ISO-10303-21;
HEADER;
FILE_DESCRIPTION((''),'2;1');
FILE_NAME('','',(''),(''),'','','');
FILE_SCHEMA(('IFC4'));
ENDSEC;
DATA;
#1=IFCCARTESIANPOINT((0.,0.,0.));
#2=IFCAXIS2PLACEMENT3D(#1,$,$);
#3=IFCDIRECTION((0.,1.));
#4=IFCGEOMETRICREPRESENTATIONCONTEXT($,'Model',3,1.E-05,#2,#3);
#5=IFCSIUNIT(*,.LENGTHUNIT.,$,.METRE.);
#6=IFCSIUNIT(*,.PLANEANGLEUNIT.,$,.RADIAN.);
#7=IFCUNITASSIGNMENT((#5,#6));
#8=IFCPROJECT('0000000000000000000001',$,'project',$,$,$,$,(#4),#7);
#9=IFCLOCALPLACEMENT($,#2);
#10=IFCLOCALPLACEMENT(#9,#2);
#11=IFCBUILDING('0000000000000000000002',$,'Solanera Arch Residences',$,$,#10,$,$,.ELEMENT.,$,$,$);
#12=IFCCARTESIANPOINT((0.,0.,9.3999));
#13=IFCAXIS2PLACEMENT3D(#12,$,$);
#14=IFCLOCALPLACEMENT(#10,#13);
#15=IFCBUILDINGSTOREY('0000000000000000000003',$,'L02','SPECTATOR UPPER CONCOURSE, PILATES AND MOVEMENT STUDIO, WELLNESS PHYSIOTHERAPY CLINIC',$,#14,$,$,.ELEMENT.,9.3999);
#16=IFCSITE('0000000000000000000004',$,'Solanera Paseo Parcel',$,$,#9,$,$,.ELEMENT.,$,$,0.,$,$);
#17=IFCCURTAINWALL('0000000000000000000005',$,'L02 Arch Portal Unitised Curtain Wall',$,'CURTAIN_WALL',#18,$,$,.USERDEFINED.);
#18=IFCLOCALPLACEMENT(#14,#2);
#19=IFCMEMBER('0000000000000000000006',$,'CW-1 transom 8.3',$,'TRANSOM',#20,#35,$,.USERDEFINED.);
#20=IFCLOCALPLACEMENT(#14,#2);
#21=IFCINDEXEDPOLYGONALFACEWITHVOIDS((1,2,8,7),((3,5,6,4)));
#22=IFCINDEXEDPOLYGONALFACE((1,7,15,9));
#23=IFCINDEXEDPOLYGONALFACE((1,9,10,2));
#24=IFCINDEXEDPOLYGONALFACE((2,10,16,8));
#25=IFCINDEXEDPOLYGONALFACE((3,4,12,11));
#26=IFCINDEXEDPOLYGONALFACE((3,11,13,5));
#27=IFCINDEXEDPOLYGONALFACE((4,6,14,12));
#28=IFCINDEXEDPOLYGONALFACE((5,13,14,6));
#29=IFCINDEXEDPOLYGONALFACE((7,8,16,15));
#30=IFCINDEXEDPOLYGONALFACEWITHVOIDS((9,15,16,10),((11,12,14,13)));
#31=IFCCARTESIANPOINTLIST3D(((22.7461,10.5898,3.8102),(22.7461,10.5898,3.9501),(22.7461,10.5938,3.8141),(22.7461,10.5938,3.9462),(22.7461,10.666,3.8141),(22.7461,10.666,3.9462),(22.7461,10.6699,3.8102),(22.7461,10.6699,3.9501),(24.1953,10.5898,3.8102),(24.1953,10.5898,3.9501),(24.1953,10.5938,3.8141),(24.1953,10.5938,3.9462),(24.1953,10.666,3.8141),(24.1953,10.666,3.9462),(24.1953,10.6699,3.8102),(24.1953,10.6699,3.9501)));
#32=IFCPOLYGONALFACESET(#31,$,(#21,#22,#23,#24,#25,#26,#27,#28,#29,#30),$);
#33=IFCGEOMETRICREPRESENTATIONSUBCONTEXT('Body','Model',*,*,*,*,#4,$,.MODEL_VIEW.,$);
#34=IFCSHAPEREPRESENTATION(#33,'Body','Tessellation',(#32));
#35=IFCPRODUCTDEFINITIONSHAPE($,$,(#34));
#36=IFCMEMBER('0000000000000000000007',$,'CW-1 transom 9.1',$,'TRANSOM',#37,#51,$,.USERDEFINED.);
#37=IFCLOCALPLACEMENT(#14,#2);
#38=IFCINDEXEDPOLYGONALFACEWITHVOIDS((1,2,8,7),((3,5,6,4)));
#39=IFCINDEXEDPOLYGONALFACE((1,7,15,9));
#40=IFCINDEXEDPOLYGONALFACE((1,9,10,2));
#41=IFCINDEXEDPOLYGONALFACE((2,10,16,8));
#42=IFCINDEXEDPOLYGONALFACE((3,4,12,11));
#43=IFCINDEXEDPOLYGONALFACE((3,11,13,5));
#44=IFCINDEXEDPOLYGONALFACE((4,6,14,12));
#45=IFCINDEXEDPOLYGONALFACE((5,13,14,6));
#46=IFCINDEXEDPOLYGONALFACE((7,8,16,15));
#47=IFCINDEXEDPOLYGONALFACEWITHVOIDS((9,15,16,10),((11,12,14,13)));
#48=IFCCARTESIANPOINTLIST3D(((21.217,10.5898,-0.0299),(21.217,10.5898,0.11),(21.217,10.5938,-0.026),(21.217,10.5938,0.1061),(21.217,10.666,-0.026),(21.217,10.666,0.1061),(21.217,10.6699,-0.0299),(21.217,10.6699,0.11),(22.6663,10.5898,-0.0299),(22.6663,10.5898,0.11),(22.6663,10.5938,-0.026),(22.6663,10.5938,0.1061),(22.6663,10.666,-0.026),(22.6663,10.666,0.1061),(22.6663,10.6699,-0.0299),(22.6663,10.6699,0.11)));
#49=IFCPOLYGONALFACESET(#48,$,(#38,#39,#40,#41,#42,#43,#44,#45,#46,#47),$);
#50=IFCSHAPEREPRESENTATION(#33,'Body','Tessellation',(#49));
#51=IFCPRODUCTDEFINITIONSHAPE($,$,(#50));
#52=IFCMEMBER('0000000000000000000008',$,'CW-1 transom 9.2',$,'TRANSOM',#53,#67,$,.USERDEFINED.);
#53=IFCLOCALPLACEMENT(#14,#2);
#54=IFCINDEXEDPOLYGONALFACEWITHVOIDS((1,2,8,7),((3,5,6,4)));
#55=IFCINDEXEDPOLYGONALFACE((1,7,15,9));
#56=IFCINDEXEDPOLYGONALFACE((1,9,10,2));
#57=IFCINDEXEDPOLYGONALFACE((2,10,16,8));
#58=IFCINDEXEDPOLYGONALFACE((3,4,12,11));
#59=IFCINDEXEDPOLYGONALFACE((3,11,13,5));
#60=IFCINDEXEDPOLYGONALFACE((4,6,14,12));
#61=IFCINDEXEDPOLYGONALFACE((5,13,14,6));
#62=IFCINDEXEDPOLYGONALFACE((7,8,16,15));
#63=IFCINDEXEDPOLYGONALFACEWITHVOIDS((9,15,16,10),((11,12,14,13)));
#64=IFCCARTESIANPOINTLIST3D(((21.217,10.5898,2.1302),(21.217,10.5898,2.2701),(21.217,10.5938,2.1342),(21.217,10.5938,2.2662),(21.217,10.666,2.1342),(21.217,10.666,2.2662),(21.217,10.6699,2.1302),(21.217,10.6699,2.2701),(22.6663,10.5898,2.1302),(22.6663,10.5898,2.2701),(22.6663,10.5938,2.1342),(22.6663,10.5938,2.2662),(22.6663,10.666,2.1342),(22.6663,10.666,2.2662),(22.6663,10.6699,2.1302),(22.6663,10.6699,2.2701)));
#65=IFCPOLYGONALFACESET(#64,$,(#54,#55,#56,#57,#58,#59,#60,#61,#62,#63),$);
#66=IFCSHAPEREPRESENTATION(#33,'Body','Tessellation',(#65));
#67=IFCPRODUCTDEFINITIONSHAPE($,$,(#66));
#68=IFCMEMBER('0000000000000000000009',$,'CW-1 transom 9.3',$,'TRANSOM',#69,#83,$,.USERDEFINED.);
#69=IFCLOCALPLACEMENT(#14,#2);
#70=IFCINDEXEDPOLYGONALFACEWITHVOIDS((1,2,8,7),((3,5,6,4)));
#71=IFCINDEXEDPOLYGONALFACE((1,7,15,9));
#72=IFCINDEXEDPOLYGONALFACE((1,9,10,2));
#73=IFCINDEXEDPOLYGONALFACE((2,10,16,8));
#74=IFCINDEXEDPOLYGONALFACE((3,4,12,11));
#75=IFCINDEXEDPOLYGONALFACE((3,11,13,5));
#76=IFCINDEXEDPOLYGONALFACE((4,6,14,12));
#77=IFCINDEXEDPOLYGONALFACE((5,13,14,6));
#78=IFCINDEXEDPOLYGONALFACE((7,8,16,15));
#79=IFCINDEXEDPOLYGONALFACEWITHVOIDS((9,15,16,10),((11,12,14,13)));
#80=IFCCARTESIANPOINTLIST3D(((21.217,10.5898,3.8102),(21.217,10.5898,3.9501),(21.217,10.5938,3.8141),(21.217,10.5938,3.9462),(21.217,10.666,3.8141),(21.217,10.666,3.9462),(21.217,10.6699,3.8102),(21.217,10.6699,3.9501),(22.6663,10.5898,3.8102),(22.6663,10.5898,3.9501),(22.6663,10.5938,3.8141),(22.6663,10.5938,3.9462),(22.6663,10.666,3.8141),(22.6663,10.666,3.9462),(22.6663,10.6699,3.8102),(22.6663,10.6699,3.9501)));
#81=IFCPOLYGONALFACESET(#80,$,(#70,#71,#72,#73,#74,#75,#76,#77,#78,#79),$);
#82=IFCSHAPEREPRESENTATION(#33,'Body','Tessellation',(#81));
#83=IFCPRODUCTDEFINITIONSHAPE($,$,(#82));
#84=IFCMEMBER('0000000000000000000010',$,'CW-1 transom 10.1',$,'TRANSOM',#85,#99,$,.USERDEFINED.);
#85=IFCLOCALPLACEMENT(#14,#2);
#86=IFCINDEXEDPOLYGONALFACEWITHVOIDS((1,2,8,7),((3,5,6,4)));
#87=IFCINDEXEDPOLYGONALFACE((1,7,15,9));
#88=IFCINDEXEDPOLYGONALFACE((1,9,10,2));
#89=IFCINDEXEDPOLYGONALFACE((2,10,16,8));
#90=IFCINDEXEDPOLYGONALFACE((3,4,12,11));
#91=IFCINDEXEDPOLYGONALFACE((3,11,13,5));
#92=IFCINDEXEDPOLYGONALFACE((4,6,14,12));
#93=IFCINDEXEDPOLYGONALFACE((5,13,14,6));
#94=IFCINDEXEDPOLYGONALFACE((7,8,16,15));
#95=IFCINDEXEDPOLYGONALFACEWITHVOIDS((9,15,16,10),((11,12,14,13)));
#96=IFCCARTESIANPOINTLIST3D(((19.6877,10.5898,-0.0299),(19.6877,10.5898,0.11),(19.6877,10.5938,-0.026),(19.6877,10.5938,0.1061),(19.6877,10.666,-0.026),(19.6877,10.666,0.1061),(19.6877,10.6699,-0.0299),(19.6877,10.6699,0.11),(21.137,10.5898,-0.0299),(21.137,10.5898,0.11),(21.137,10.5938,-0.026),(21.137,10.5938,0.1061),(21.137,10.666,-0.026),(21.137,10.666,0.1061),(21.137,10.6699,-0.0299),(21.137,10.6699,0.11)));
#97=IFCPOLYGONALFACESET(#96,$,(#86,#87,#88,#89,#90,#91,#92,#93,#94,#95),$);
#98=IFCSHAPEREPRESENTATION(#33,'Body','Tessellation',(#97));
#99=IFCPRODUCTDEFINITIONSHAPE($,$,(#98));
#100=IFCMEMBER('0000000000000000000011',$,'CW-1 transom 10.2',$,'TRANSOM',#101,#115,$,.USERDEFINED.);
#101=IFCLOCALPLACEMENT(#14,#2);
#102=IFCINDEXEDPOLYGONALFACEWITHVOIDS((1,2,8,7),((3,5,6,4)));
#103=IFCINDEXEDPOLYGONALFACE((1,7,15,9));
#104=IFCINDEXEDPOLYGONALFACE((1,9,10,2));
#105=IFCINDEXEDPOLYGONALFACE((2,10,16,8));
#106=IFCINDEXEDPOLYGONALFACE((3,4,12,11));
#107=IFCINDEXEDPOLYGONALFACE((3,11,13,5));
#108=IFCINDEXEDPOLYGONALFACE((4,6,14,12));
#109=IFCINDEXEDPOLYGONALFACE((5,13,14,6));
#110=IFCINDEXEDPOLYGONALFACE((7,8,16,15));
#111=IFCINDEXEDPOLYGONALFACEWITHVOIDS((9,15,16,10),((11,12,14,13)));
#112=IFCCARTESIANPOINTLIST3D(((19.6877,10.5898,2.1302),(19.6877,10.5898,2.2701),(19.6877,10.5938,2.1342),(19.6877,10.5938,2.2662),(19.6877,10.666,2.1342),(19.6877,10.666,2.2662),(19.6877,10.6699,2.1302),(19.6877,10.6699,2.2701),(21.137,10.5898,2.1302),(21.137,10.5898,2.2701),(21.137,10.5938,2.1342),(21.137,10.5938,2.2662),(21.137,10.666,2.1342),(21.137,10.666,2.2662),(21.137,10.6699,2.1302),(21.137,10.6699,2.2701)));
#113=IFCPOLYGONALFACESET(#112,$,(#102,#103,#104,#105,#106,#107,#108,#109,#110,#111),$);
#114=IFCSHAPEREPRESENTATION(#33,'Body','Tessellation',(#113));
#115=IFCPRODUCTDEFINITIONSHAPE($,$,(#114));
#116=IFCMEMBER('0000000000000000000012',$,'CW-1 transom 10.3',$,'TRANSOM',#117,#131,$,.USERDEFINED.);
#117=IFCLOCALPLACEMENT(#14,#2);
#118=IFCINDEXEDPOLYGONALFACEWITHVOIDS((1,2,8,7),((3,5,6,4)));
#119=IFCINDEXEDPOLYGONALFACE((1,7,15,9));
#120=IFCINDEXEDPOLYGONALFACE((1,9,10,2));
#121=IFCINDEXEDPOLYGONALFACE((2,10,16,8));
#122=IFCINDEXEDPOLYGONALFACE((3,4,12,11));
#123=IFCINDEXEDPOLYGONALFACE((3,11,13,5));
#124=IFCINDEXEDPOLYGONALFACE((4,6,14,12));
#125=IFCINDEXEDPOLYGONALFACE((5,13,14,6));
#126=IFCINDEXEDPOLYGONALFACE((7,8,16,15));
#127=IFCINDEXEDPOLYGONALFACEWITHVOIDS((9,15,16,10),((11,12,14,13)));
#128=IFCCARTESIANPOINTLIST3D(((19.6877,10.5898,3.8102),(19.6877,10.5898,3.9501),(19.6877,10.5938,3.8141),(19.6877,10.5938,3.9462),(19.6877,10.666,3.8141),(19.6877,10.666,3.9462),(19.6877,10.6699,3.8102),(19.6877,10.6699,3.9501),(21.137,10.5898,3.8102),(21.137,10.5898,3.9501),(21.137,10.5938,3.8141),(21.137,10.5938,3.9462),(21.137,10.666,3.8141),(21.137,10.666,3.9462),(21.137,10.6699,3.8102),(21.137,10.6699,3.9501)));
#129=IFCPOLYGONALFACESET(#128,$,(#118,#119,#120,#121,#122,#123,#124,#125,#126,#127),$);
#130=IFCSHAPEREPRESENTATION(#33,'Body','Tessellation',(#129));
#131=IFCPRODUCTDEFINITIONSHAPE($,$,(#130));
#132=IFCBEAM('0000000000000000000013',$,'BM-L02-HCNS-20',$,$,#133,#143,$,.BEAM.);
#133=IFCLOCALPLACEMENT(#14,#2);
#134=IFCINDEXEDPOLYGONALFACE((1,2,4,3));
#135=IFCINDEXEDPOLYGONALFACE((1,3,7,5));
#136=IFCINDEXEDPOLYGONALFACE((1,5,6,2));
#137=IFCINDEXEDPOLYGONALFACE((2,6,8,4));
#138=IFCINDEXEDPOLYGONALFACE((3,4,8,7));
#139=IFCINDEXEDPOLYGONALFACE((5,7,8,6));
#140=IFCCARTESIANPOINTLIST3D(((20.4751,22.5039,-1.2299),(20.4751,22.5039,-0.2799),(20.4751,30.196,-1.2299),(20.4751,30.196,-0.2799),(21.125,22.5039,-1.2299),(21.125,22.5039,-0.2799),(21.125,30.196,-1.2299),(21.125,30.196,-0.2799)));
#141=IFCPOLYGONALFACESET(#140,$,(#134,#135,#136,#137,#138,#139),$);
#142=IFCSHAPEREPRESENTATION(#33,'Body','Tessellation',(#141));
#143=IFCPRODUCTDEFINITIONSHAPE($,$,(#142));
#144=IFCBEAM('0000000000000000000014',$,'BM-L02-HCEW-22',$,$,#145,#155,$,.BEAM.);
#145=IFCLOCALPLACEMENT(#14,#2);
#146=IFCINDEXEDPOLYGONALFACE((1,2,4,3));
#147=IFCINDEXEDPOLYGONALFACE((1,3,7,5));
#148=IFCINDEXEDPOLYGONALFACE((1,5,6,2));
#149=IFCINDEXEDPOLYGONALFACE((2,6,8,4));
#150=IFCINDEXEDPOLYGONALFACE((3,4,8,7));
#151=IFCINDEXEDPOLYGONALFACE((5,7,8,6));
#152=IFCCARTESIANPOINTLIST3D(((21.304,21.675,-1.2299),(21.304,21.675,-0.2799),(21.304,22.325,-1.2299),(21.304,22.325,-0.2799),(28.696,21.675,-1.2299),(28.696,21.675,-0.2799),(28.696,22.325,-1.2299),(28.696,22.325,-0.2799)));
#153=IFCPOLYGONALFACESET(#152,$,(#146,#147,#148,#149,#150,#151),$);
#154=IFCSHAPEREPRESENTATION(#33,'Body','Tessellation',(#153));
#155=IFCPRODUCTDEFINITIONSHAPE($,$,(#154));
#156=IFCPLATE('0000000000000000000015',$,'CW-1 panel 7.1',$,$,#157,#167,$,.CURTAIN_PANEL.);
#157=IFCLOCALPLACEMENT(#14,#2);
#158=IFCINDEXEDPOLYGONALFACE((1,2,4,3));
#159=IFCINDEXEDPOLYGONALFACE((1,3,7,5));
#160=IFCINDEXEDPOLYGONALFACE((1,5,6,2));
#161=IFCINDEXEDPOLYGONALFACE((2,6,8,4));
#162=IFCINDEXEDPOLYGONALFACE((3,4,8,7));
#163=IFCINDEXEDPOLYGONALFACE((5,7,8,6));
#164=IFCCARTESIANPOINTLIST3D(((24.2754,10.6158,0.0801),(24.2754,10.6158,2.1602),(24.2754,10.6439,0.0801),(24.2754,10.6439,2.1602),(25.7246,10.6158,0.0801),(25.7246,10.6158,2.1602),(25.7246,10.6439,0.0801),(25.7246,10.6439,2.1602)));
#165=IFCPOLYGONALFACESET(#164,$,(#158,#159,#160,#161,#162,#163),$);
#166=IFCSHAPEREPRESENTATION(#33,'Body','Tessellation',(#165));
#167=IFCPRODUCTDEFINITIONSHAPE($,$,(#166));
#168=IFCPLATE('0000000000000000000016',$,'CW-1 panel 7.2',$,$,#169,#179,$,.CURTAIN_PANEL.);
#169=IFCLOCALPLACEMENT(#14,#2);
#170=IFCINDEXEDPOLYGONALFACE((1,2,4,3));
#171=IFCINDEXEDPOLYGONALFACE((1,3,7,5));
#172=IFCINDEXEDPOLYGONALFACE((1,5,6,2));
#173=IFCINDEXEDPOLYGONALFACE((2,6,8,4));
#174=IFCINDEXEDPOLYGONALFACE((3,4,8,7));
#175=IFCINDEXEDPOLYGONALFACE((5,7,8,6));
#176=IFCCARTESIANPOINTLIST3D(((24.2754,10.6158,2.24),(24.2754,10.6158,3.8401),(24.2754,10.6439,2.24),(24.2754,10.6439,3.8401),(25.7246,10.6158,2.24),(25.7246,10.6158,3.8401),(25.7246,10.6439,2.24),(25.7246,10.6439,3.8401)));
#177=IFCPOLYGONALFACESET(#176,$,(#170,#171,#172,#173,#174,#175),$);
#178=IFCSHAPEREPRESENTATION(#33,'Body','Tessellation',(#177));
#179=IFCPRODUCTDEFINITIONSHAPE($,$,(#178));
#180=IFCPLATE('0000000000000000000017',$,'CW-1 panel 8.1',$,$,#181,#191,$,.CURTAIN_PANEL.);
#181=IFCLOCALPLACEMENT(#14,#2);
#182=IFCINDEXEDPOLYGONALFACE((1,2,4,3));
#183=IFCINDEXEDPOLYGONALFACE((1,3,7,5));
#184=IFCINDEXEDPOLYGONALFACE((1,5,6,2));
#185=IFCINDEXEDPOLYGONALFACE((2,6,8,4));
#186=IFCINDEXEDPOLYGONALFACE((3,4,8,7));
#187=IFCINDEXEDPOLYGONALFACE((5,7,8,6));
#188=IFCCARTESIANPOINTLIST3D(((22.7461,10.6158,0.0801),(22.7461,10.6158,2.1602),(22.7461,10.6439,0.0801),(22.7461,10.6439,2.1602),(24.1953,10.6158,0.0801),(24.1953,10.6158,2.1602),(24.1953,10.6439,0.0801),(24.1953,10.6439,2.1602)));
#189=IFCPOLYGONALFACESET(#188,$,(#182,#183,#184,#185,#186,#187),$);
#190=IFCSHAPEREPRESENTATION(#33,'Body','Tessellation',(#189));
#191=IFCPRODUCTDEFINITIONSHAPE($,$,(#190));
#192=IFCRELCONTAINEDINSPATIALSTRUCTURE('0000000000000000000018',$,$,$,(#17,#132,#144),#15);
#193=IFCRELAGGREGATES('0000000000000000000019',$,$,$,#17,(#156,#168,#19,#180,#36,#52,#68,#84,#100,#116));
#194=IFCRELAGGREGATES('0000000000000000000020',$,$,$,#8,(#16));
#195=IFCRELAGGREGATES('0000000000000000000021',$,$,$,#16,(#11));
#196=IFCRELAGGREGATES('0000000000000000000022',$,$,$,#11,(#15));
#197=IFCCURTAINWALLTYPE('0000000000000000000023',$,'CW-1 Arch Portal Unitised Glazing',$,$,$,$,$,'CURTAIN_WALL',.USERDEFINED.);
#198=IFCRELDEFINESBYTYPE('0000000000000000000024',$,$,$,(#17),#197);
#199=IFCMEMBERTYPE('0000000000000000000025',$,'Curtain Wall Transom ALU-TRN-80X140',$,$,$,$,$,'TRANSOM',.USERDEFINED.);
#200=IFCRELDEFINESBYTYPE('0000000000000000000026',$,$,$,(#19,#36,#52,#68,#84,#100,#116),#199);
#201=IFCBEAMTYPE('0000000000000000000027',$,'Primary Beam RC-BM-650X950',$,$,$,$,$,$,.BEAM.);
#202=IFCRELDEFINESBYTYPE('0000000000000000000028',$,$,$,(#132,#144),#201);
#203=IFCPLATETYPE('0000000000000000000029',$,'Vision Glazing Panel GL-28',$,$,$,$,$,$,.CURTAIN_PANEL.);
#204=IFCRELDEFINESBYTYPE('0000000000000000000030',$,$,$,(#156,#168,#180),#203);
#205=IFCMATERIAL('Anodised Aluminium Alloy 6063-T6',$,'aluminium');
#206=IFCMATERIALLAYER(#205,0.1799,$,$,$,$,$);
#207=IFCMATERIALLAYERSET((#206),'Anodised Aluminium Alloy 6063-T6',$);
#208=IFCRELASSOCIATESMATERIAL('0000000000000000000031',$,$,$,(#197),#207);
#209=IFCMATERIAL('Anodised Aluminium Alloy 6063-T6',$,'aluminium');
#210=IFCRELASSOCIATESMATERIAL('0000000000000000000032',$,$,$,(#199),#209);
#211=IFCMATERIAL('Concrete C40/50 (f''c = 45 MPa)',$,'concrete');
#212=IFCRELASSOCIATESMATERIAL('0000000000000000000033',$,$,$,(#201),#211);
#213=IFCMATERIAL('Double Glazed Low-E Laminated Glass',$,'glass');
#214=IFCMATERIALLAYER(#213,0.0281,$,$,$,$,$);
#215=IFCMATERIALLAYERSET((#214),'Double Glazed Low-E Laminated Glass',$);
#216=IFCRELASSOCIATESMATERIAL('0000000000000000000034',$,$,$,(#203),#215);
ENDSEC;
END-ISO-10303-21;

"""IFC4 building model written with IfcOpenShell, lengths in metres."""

from ifc_helpers import new_model, si_unit, direction, frame, origin, origin_2d, place, context, subcontext, project, spatial, rectangle, hollow_rectangle, extrude, material, layer, layer_set, material_profile, profile_set, type_object, element, aggregate, save


model = new_model("IFC4")

# Units and contexts
model_context = context("Model", 3, precision=1e-05, world=origin(), true_north=direction((0.0, 1.0)))
body_context = subcontext(model_context, "Body", "Model", "MODEL_VIEW")
ifc_project = project(units=[si_unit("LENGTHUNIT", "METRE"), si_unit("PLANEANGLEUNIT", "RADIAN")], contexts=[model_context])

# Site, building, storey
site_placement = place(None, origin())
site = spatial("IfcSite", under=ifc_project, at=site_placement, Name="Solanera Paseo Parcel", CompositionType="ELEMENT", RefElevation=0.0)
building_placement = place(site_placement, origin())
building = spatial("IfcBuilding", under=site, at=building_placement, Name="Solanera Arch Residences", CompositionType="ELEMENT")
storey_placement = place(building_placement, frame((0.0, 0.0, 9.3999)))
storey = spatial("IfcBuildingStorey", under=building, at=storey_placement, Name="L02", Description="SPECTATOR UPPER CONCOURSE, PILATES AND MOVEMENT STUDIO, WELLNESS PHYSIOTHERAPY CLINIC", CompositionType="ELEMENT", Elevation=9.3999)

# Curtain wall, members
ifc_material_1 = material(Name="Anodised Aluminium Alloy 6063-T6", Category="aluminium")
ifc_layer_1 = layer(ifc_material_1, 0.1799)
ifc_layer_set_1 = layer_set([ifc_layer_1], Name="Anodised Aluminium Alloy 6063-T6")
curtain_wall_type = type_object("IfcCurtainWallType", Name="CW-1 Arch Portal Unitised Glazing", ElementType="CURTAIN_WALL", PredefinedType="USERDEFINED", material=ifc_layer_set_1)
curtain_wall_placement = place(storey_placement, origin())
curtain_wall = element("IfcCurtainWall", 1, at=curtain_wall_placement, inside=storey, type_object=curtain_wall_type, Name="L02 Arch Portal Unitised Curtain Wall", ObjectType="CURTAIN_WALL", PredefinedType="USERDEFINED")
ifc_material_2 = material(Name="Anodised Aluminium Alloy 6063-T6", Category="aluminium")
ifc_material_profile_1 = material_profile(ifc_material_2, hollow_rectangle(XDim=0.0801, YDim=0.1399, WallThickness=0.0039, at=origin_2d()))
ifc_profile_set_1 = profile_set([ifc_material_profile_1], Name="Anodised Aluminium Alloy 6063-T6")
member_type_1 = type_object("IfcMemberType", Name="Curtain Wall Transom ALU-TRN-80X140", ElementType="TRANSOM", PredefinedType="USERDEFINED", material=ifc_profile_set_1)
member_1_placement = place(storey_placement, frame((24.1953, 10.6299, 3.8801), z_axis=(-1.0, 0.0, 0.0), x_axis=(0.0, -1.0, 0.0)))
member_1 = element("IfcMember", 2, at=member_1_placement, type_object=member_type_1, Name="CW-1 transom 8.3", ObjectType="TRANSOM", PredefinedType="USERDEFINED", context=body_context, shape_type="SweptSolid", body=[
    extrude(hollow_rectangle(XDim=0.0801, YDim=0.1399, WallThickness=0.0039, at=origin_2d()), origin(), (0.0, 0.0, 1.0), 1.4492),
])
member_2_placement = place(storey_placement, frame((22.6663, 10.6299, 0.04), z_axis=(-1.0, 0.0, 0.0), x_axis=(0.0, -1.0, 0.0)))
member_2 = element("IfcMember", 3, at=member_2_placement, type_object=member_type_1, Name="CW-1 transom 9.1", ObjectType="TRANSOM", PredefinedType="USERDEFINED", context=body_context, shape_type="SweptSolid", body=[
    extrude(hollow_rectangle(XDim=0.0801, YDim=0.1399, WallThickness=0.0039, at=origin_2d()), origin(), (0.0, 0.0, 1.0), 1.4492),
])
member_3_placement = place(storey_placement, frame((22.6663, 10.6299, 2.2002), z_axis=(-1.0, 0.0, 0.0), x_axis=(0.0, -1.0, 0.0)))
member_3 = element("IfcMember", 4, at=member_3_placement, type_object=member_type_1, Name="CW-1 transom 9.2", ObjectType="TRANSOM", PredefinedType="USERDEFINED", context=body_context, shape_type="SweptSolid", body=[
    extrude(hollow_rectangle(XDim=0.0801, YDim=0.1399, WallThickness=0.0039, at=origin_2d()), origin(), (0.0, 0.0, 1.0), 1.4492),
])
member_4_placement = place(storey_placement, frame((22.6663, 10.6299, 3.8801), z_axis=(-1.0, 0.0, 0.0), x_axis=(0.0, -1.0, 0.0)))
member_4 = element("IfcMember", 5, at=member_4_placement, type_object=member_type_1, Name="CW-1 transom 9.3", ObjectType="TRANSOM", PredefinedType="USERDEFINED", context=body_context, shape_type="SweptSolid", body=[
    extrude(hollow_rectangle(XDim=0.0801, YDim=0.1399, WallThickness=0.0039, at=origin_2d()), origin(), (0.0, 0.0, 1.0), 1.4492),
])
member_5_placement = place(storey_placement, frame((21.137, 10.6299, 0.04), z_axis=(-1.0, 0.0, 0.0), x_axis=(0.0, -1.0, 0.0)))
member_5 = element("IfcMember", 6, at=member_5_placement, type_object=member_type_1, Name="CW-1 transom 10.1", ObjectType="TRANSOM", PredefinedType="USERDEFINED", context=body_context, shape_type="SweptSolid", body=[
    extrude(hollow_rectangle(XDim=0.0801, YDim=0.1399, WallThickness=0.0039, at=origin_2d()), origin(), (0.0, 0.0, 1.0), 1.4492),
])
member_6_placement = place(storey_placement, frame((21.137, 10.6299, 2.2002), z_axis=(-1.0, 0.0, 0.0), x_axis=(0.0, -1.0, 0.0)))
member_6 = element("IfcMember", 7, at=member_6_placement, type_object=member_type_1, Name="CW-1 transom 10.2", ObjectType="TRANSOM", PredefinedType="USERDEFINED", context=body_context, shape_type="SweptSolid", body=[
    extrude(hollow_rectangle(XDim=0.0801, YDim=0.1399, WallThickness=0.0039, at=origin_2d()), origin(), (0.0, 0.0, 1.0), 1.4492),
])
member_7_placement = place(storey_placement, frame((21.137, 10.6299, 3.8801), z_axis=(-1.0, 0.0, 0.0), x_axis=(0.0, -1.0, 0.0)))
member_7 = element("IfcMember", 8, at=member_7_placement, type_object=member_type_1, Name="CW-1 transom 10.3", ObjectType="TRANSOM", PredefinedType="USERDEFINED", context=body_context, shape_type="SweptSolid", body=[
    extrude(hollow_rectangle(XDim=0.0801, YDim=0.1399, WallThickness=0.0039, at=origin_2d()), origin(), (0.0, 0.0, 1.0), 1.4492),
])

# Beams
ifc_material_3 = material(Name="Concrete C40/50 (f'c = 45 MPa)", Category="concrete")
ifc_material_profile_2 = material_profile(ifc_material_3, rectangle(XDim=0.6499, YDim=0.95, at=origin_2d()))
ifc_profile_set_2 = profile_set([ifc_material_profile_2], Name="Concrete C40/50 (f'c = 45 MPa)")
beam_type = type_object("IfcBeamType", Name="Primary Beam RC-BM-650X950", PredefinedType="BEAM", material=ifc_profile_set_2)
beam_1_placement = place(storey_placement, frame((20.8, 22.5039, -0.7549), z_axis=(0.0, 1.0, 0.0), x_axis=(-1.0, 0.0, 0.0)))
element("IfcBeam", 9, at=beam_1_placement, inside=storey, type_object=beam_type, Name="BM-L02-HCNS-20", PredefinedType="BEAM", context=body_context, shape_type="SweptSolid", body=[
    extrude(rectangle(XDim=0.6499, YDim=0.95, at=origin_2d()), origin(), (0.0, 0.0, 1.0), 7.6921),
])
beam_2_placement = place(storey_placement, frame((21.304, 22.0, -0.7549), z_axis=(1.0, 0.0, 0.0), x_axis=(0.0, 1.0, 0.0)))
element("IfcBeam", 10, at=beam_2_placement, inside=storey, type_object=beam_type, Name="BM-L02-HCEW-22", PredefinedType="BEAM", context=body_context, shape_type="SweptSolid", body=[
    extrude(rectangle(XDim=0.6499, YDim=0.95, at=origin_2d()), origin(), (0.0, 0.0, 1.0), 7.3921),
])

# Plates
ifc_material_4 = material(Name="Double Glazed Low-E Laminated Glass", Category="glass")
ifc_layer_2 = layer(ifc_material_4, 0.0281)
ifc_layer_set_2 = layer_set([ifc_layer_2], Name="Double Glazed Low-E Laminated Glass")
plate_type = type_object("IfcPlateType", Name="Vision Glazing Panel GL-28", PredefinedType="CURTAIN_PANEL", material=ifc_layer_set_2)
plate_1_placement = place(storey_placement, frame((25.0, 10.6299, 0.0801), z_axis=(0.0, 0.0, 1.0), x_axis=(-1.0, 0.0, 0.0)))
plate_1 = element("IfcPlate", 11, at=plate_1_placement, type_object=plate_type, Name="CW-1 panel 7.1", PredefinedType="CURTAIN_PANEL", context=body_context, shape_type="SweptSolid", body=[
    extrude(rectangle(XDim=1.4492, YDim=0.0281, at=origin_2d()), origin(), (0.0, 0.0, 1.0), 2.0801),
])
plate_2_placement = place(storey_placement, frame((25.0, 10.6299, 2.24), z_axis=(0.0, 0.0, 1.0), x_axis=(-1.0, 0.0, 0.0)))
plate_2 = element("IfcPlate", 12, at=plate_2_placement, type_object=plate_type, Name="CW-1 panel 7.2", PredefinedType="CURTAIN_PANEL", context=body_context, shape_type="SweptSolid", body=[
    extrude(rectangle(XDim=1.4492, YDim=0.0281, at=origin_2d()), origin(), (0.0, 0.0, 1.0), 1.6001),
])
plate_3_placement = place(storey_placement, frame((23.4707, 10.6299, 0.0801), z_axis=(0.0, 0.0, 1.0), x_axis=(-1.0, 0.0, 0.0)))
plate_3 = element("IfcPlate", 13, at=plate_3_placement, type_object=plate_type, Name="CW-1 panel 8.1", PredefinedType="CURTAIN_PANEL", context=body_context, shape_type="SweptSolid", body=[
    extrude(rectangle(XDim=1.4492, YDim=0.0281, at=origin_2d()), origin(), (0.0, 0.0, 1.0), 2.0801),
])
aggregate(curtain_wall, [plate_1, plate_2, member_1, plate_3, member_2, member_3, member_4, member_5, member_6, member_7])

save(model, "model.ifc")
